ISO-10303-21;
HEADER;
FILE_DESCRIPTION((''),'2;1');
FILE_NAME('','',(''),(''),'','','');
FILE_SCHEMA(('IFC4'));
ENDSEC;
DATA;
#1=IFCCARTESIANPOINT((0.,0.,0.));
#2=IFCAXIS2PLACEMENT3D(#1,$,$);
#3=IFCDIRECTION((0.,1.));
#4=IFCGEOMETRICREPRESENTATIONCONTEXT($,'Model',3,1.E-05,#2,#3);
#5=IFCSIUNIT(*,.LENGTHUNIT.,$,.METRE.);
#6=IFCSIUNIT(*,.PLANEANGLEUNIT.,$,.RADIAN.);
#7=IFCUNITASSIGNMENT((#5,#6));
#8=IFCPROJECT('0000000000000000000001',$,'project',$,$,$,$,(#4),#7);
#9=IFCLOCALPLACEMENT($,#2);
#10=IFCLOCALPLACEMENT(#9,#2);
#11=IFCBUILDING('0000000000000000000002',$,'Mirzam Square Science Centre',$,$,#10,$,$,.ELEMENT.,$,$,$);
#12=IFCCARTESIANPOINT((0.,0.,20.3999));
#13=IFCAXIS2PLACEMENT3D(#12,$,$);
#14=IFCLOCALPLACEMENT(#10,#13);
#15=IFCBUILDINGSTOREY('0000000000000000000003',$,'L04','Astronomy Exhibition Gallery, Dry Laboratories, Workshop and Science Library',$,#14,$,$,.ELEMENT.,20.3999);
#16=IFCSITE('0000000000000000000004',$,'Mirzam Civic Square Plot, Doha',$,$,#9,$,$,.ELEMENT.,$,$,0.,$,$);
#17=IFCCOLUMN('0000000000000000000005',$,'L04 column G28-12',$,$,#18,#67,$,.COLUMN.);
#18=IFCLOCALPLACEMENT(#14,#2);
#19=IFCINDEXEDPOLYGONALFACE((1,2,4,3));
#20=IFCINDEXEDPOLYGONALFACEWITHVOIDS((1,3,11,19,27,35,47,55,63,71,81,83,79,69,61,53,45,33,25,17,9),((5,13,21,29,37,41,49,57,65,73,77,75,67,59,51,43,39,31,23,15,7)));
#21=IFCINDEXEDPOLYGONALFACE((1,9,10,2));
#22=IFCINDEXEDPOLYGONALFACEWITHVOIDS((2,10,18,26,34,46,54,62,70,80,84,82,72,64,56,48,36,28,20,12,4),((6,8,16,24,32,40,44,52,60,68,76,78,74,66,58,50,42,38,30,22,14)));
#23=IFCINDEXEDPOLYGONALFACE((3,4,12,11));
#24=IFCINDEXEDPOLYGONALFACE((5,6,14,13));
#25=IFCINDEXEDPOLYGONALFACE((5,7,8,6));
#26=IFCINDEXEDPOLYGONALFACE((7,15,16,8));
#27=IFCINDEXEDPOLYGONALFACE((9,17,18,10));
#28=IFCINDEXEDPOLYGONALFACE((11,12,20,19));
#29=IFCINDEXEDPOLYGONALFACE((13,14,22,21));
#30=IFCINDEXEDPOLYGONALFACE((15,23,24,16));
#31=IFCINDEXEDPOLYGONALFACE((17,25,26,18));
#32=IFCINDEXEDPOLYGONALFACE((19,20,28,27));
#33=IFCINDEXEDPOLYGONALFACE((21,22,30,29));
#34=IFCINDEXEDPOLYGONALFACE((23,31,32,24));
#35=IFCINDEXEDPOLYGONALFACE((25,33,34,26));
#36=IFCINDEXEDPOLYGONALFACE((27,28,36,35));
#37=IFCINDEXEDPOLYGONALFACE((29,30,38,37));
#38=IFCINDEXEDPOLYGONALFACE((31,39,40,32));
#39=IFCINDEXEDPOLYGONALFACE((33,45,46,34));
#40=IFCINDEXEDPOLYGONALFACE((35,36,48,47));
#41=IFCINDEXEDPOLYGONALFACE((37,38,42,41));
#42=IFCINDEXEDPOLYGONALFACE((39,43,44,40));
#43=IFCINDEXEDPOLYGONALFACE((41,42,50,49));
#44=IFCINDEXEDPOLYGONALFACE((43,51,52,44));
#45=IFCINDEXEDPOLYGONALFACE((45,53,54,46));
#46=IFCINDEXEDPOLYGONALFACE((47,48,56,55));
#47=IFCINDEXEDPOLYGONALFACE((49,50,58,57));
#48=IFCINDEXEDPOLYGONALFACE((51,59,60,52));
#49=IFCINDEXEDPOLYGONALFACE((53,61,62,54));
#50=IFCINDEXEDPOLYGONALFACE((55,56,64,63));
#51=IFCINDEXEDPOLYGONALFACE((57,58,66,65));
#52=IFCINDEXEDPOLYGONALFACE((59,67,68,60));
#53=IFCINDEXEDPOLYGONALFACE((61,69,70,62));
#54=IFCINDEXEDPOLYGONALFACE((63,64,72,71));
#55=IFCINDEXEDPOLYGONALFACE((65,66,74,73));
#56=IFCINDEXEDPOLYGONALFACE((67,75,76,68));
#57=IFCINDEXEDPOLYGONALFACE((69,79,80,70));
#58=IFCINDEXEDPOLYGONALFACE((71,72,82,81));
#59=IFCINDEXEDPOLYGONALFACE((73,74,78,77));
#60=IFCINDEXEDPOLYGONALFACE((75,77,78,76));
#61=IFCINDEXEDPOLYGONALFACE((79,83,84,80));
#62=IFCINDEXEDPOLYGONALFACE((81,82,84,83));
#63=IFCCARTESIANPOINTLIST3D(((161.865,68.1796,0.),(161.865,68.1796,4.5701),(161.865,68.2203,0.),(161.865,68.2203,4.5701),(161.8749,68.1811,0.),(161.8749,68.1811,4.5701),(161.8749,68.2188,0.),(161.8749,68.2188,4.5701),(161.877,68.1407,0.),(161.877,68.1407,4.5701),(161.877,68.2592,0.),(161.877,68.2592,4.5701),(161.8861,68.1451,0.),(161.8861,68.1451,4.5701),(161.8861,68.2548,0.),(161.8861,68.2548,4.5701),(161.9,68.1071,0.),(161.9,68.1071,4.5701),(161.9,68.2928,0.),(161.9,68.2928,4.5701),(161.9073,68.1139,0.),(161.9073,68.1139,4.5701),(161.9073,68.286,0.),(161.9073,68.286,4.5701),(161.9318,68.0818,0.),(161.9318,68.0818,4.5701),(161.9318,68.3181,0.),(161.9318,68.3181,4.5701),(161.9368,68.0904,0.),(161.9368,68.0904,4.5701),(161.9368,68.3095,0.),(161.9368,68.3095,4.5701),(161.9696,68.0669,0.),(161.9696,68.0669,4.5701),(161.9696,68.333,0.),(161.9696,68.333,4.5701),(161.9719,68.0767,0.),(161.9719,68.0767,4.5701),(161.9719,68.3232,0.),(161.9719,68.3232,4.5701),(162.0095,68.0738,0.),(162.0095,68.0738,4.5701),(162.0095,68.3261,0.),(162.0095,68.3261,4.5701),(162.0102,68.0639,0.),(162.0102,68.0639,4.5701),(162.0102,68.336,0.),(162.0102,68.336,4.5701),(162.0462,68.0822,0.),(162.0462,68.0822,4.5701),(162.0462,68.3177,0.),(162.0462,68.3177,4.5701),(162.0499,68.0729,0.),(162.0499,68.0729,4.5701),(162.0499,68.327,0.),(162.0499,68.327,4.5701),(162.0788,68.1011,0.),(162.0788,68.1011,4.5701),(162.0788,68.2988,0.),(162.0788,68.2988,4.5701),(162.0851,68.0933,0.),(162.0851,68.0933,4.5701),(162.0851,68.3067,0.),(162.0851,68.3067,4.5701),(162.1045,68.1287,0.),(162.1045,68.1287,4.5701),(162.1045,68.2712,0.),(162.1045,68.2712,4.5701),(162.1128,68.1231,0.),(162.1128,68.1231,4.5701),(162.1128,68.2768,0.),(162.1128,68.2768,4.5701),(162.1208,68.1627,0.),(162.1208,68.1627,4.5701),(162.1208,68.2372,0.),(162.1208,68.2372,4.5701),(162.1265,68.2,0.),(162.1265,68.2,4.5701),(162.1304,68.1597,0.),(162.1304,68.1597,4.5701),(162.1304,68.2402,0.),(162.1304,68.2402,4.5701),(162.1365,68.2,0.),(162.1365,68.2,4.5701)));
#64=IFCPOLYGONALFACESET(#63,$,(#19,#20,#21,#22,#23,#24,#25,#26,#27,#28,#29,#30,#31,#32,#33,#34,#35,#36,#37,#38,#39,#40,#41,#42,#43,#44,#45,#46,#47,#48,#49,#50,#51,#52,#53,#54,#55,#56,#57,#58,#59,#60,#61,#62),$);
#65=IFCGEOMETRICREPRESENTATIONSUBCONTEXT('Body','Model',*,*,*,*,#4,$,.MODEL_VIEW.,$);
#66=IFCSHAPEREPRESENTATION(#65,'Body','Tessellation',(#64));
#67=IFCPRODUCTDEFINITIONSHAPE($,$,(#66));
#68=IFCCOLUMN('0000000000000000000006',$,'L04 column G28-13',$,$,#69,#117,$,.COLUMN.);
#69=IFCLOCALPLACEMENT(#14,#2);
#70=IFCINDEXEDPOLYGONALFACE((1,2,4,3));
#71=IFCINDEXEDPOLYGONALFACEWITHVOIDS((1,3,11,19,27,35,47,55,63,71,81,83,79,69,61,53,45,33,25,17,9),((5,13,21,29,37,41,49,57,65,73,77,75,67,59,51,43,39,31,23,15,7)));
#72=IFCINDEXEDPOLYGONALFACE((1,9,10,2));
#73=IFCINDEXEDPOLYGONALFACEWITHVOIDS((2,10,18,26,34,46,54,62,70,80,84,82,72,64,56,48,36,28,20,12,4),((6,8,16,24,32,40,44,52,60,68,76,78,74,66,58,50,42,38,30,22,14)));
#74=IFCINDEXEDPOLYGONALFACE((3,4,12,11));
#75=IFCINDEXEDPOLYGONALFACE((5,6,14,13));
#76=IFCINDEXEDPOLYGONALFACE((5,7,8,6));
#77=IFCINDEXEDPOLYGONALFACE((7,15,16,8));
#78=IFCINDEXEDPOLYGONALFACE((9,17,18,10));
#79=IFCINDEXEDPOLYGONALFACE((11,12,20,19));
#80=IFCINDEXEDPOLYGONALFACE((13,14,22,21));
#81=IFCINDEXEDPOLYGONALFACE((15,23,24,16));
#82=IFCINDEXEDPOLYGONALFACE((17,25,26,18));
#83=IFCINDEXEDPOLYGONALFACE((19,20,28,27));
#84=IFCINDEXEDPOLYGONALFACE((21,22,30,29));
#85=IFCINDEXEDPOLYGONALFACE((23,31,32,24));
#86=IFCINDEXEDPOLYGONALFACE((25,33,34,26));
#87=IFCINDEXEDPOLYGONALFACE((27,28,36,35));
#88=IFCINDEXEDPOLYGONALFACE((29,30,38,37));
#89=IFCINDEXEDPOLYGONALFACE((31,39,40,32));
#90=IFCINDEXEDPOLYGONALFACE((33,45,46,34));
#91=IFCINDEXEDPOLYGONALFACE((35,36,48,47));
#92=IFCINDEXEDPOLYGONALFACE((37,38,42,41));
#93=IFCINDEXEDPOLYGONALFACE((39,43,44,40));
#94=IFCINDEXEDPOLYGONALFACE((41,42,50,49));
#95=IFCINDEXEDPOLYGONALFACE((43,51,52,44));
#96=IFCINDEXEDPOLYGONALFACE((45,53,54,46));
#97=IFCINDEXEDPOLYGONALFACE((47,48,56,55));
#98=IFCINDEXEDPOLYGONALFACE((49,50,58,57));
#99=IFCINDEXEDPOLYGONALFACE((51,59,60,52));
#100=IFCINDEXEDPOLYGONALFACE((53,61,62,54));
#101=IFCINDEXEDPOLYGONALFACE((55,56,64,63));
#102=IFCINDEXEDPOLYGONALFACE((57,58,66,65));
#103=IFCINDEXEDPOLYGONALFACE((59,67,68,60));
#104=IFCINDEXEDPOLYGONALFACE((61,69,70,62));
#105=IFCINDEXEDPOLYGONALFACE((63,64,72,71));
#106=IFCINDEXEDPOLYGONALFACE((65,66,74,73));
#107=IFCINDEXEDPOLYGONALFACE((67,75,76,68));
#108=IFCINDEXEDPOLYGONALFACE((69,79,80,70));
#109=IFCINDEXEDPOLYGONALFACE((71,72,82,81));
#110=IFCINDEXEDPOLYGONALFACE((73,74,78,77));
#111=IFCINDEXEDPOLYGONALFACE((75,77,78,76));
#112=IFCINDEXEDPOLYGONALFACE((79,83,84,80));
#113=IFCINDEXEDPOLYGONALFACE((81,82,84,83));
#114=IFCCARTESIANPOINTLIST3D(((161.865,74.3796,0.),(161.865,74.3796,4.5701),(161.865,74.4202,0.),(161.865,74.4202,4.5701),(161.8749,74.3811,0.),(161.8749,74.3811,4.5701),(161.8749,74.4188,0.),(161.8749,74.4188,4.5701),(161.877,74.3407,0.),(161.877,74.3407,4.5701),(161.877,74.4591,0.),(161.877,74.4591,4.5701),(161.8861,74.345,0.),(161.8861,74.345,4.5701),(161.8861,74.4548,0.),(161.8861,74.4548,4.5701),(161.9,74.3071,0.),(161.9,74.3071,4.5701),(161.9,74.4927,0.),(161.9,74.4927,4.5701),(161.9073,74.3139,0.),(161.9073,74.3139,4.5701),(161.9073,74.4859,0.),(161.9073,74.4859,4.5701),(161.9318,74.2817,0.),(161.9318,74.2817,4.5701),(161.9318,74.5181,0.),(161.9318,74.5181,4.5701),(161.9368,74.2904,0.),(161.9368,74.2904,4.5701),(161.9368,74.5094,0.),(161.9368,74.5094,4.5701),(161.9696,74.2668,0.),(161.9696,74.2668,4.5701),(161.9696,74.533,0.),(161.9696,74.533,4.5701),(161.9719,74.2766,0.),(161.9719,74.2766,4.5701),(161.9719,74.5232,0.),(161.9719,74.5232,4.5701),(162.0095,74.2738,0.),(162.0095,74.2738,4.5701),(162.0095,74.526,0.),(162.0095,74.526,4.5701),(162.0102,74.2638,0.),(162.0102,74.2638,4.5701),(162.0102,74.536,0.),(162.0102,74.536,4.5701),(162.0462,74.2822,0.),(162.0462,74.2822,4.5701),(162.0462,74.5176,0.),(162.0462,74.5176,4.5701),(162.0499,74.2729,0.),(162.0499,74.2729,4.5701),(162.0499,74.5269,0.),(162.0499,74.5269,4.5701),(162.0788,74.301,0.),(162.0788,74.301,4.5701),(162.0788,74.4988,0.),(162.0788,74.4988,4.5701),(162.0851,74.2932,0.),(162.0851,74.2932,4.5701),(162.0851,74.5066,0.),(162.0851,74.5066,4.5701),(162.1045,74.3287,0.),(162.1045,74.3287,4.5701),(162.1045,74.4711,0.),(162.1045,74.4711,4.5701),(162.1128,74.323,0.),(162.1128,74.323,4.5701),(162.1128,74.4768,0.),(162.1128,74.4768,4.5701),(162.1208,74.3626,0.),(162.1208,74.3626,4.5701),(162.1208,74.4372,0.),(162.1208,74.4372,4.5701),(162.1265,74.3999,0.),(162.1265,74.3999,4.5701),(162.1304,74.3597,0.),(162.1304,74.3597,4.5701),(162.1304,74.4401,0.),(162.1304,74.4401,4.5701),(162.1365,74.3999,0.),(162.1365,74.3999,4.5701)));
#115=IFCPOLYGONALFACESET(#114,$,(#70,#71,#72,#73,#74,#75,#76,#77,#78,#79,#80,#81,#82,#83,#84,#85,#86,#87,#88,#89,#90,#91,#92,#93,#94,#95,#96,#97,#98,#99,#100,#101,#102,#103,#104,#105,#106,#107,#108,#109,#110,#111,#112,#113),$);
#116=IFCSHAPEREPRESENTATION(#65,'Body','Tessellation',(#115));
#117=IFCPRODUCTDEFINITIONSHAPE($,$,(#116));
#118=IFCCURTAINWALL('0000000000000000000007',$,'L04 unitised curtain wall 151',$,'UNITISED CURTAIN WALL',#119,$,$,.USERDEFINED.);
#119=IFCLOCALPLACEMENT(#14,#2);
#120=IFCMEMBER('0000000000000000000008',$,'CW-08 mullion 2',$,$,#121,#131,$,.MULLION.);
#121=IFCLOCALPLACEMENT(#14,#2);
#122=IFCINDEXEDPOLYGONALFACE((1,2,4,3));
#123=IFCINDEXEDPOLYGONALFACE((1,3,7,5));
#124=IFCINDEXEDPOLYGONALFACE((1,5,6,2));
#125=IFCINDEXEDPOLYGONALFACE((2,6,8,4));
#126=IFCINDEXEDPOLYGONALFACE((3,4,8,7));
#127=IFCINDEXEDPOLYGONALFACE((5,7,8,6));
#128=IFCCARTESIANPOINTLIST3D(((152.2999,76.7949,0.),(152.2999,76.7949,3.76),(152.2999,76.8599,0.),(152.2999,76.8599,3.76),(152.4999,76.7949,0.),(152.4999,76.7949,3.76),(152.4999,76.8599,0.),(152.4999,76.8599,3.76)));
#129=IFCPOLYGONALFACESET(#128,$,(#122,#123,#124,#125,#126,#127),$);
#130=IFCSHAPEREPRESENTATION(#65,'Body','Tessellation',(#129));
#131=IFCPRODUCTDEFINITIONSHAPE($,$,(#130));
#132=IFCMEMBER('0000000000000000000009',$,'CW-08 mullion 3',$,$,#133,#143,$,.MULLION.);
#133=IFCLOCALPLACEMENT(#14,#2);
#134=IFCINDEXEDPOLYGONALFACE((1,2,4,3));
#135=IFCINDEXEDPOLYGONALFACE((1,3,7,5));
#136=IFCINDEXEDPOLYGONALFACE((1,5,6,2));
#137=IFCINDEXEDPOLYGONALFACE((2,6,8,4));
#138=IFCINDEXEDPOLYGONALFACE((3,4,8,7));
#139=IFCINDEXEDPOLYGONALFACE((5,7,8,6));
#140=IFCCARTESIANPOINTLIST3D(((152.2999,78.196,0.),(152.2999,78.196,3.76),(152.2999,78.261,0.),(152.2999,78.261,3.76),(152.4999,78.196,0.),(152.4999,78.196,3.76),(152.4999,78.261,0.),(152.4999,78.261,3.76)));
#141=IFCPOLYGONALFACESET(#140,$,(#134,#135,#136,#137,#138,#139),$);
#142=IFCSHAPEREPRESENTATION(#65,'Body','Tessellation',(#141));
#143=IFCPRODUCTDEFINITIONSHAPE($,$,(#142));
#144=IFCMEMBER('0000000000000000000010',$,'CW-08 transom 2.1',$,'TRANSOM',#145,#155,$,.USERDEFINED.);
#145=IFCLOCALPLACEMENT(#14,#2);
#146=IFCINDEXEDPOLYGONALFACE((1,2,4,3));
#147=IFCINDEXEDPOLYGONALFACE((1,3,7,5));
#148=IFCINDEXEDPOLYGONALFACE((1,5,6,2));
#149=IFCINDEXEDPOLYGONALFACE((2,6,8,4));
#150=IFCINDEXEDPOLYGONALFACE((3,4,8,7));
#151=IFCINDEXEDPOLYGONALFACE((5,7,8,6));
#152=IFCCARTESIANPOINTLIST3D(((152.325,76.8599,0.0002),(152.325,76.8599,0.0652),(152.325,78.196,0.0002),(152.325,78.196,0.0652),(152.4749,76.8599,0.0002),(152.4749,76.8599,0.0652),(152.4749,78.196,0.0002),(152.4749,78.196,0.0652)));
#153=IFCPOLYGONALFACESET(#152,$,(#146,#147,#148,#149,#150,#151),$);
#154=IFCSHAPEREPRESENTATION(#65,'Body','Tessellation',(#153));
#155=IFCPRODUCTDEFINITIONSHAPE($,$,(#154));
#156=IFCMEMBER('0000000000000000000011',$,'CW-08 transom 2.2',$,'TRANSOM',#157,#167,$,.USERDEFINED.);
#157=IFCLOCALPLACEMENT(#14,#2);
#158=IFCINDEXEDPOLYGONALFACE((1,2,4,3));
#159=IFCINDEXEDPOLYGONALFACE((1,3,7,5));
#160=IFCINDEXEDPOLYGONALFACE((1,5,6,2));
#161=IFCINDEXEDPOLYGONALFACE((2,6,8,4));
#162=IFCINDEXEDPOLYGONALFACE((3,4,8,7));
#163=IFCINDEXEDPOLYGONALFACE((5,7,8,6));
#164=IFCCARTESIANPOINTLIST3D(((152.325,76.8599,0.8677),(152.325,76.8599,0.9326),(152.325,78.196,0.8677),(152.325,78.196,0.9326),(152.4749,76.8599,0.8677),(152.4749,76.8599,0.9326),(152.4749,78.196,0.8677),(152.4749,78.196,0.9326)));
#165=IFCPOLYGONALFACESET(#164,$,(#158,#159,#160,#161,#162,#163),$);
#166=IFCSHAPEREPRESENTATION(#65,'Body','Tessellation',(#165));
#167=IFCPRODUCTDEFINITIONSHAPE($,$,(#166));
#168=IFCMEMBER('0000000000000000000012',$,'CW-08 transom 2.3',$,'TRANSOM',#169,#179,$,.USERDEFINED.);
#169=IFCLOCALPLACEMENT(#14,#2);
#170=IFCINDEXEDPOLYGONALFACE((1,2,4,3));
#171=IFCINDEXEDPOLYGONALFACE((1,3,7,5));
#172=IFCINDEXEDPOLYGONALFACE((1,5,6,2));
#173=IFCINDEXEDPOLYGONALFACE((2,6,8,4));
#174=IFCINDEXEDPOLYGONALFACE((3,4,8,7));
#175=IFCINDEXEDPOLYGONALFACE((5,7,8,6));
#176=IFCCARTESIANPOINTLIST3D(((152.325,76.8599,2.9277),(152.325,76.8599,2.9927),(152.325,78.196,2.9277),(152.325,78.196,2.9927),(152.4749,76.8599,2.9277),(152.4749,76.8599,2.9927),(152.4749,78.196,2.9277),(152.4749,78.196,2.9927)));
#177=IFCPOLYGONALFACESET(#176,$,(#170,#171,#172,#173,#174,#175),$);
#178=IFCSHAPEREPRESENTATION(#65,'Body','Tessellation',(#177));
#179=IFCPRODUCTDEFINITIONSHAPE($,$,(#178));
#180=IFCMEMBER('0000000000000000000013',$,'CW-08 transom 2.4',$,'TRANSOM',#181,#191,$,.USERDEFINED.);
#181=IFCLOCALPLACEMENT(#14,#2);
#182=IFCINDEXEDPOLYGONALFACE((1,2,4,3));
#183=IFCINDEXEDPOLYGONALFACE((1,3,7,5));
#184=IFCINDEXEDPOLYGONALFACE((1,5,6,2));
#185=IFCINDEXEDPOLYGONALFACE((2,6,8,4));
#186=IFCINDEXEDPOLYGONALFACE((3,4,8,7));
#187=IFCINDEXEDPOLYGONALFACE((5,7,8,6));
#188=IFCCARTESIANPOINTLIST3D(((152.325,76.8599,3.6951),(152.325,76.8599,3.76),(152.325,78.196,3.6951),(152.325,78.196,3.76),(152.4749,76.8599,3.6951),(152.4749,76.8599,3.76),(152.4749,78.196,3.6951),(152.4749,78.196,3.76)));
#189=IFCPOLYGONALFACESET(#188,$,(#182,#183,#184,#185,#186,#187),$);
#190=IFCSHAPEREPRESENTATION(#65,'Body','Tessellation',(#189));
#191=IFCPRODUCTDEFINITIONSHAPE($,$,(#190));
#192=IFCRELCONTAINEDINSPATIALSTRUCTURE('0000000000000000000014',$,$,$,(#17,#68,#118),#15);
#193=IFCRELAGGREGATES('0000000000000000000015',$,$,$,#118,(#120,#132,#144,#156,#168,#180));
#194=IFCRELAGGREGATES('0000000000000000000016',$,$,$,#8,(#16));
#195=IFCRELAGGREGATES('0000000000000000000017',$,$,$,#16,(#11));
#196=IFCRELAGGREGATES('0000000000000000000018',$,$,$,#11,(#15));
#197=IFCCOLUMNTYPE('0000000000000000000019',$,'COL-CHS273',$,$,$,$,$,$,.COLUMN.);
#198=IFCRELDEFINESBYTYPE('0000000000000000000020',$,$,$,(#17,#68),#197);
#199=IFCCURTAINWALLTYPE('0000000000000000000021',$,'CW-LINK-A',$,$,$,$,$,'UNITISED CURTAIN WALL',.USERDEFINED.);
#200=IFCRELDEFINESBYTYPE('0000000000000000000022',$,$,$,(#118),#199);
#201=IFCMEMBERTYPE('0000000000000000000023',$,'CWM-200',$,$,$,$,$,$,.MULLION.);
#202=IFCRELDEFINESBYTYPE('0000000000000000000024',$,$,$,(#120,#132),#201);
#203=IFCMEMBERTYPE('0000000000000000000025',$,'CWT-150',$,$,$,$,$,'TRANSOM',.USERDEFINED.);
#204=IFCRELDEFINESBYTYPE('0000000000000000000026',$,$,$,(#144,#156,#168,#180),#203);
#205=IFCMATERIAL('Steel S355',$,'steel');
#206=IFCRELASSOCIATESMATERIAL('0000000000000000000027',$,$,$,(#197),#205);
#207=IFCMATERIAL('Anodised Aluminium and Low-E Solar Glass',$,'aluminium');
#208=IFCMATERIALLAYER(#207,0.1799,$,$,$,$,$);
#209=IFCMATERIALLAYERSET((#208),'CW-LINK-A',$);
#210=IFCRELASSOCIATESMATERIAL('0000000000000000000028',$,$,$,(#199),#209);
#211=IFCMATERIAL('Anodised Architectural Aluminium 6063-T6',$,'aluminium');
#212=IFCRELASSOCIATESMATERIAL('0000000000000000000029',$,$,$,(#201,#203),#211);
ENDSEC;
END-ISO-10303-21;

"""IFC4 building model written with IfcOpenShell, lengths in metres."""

from ifc_helpers import new_model, si_unit, direction, frame, origin, origin_2d, place, context, subcontext, project, spatial, rectangle, hollow_circle, extrude, material, layer, layer_set, material_profile, profile_set, type_object, element, aggregate, save


model = new_model("IFC4")

# Units and contexts
model_context = context("Model", 3, precision=1e-05, world=origin(), true_north=direction((0.0, 1.0)))
body_context = subcontext(model_context, "Body", "Model", "MODEL_VIEW")
ifc_project = project(units=[si_unit("LENGTHUNIT", "METRE"), si_unit("PLANEANGLEUNIT", "RADIAN")], contexts=[model_context])

# Site, building, storey
site_placement = place(None, origin())
site = spatial("IfcSite", under=ifc_project, at=site_placement, Name="Mirzam Civic Square Plot, Doha", CompositionType="ELEMENT", RefElevation=0.0)
building_placement = place(site_placement, origin())
building = spatial("IfcBuilding", under=site, at=building_placement, Name="Mirzam Square Science Centre", CompositionType="ELEMENT")
storey_placement = place(building_placement, frame((0.0, 0.0, 20.3999)))
storey = spatial("IfcBuildingStorey", under=building, at=storey_placement, Name="L04", Description="Astronomy Exhibition Gallery, Dry Laboratories, Workshop and Science Library", CompositionType="ELEMENT", Elevation=20.3999)

# Columns
ifc_material_1 = material(Name="Steel S355", Category="steel")
ifc_material_profile_1 = material_profile(ifc_material_1, hollow_circle(Radius=0.1365, WallThickness=0.01, at=origin_2d()), Name="273.0x10.0CHS")
ifc_profile_set_1 = profile_set([ifc_material_profile_1], Name="Steel S355")
column_type = type_object("IfcColumnType", Name="COL-CHS273", PredefinedType="COLUMN", material=ifc_profile_set_1)
for number, where, z_axis, x_axis, name in (
    (1, (162.0, 68.2, 0.0), (0.0, 0.0, 1.0), (1.0, 0.0, 0.0), "L04 column G28-12"),
    (2, (162.0, 74.3999, 0.0), (0.0, 0.0, 1.0), (1.0, 0.0, 0.0), "L04 column G28-13"),
):
    element("IfcColumn", number, at=place(storey_placement, frame(where, z_axis=z_axis, x_axis=x_axis)), inside=storey, type_object=column_type, Name=name, PredefinedType="COLUMN", context=body_context, shape_type="SweptSolid", body=[
        extrude(hollow_circle(Radius=0.1365, WallThickness=0.01, at=origin_2d()), origin(), (0.0, 0.0, 1.0), 4.5701),
    ])

# Curtain wall, members
ifc_material_2 = material(Name="Anodised Aluminium and Low-E Solar Glass", Category="aluminium")
ifc_layer_1 = layer(ifc_material_2, 0.1799)
ifc_layer_set_1 = layer_set([ifc_layer_1], Name="CW-LINK-A")
curtain_wall_type = type_object("IfcCurtainWallType", Name="CW-LINK-A", ElementType="UNITISED CURTAIN WALL", PredefinedType="USERDEFINED", material=ifc_layer_set_1)
curtain_wall_placement = place(storey_placement, origin())
curtain_wall = element("IfcCurtainWall", 3, at=curtain_wall_placement, inside=storey, type_object=curtain_wall_type, Name="L04 unitised curtain wall 151", ObjectType="UNITISED CURTAIN WALL", PredefinedType="USERDEFINED")
ifc_material_3 = material(Name="Anodised Architectural Aluminium 6063-T6", Category="aluminium")
ifc_material_profile_2 = material_profile(ifc_material_3, rectangle(XDim=0.0649, YDim=0.2, at=origin_2d()), Name="ALU-MULL-200x65x5")
ifc_profile_set_2 = profile_set([ifc_material_profile_2], Name="Anodised Architectural Aluminium 6063-T6")
member_type_1 = type_object("IfcMemberType", Name="CWM-200", PredefinedType="MULLION", material=ifc_profile_set_2)
member_1_placement = place(storey_placement, frame((152.3999, 76.8274, 0.0), z_axis=(0.0, 0.0, 1.0), x_axis=(0.0, 1.0, 0.0)))
member_1 = element("IfcMember", 4, at=member_1_placement, type_object=member_type_1, Name="CW-08 mullion 2", PredefinedType="MULLION", context=body_context, shape_type="SweptSolid", body=[
    extrude(rectangle(XDim=0.0649, YDim=0.2, at=origin_2d()), origin(), (0.0, 0.0, 1.0), 3.76),
])
member_2_placement = place(storey_placement, frame((152.3999, 78.2285, 0.0), z_axis=(0.0, 0.0, 1.0), x_axis=(0.0, 1.0, 0.0)))
member_2 = element("IfcMember", 5, at=member_2_placement, type_object=member_type_1, Name="CW-08 mullion 3", PredefinedType="MULLION", context=body_context, shape_type="SweptSolid", body=[
    extrude(rectangle(XDim=0.0649, YDim=0.2, at=origin_2d()), origin(), (0.0, 0.0, 1.0), 3.76),
])
ifc_material_profile_3 = material_profile(ifc_material_3, rectangle(XDim=0.1499, YDim=0.0649, at=origin_2d()), Name="ALU-TRAN-150x65x4")
ifc_profile_set_3 = profile_set([ifc_material_profile_3], Name="Anodised Architectural Aluminium 6063-T6")
member_type_2 = type_object("IfcMemberType", Name="CWT-150", ElementType="TRANSOM", PredefinedType="USERDEFINED", material=ifc_profile_set_3)
member_3_placement = place(storey_placement, frame((152.3999, 76.8599, 0.0327), z_axis=(0.0, 1.0, 0.0), x_axis=(-1.0, 0.0, 0.0)))
member_3 = element("IfcMember", 6, at=member_3_placement, type_object=member_type_2, Name="CW-08 transom 2.1", ObjectType="TRANSOM", PredefinedType="USERDEFINED", context=body_context, shape_type="SweptSolid", body=[
    extrude(rectangle(XDim=0.1499, YDim=0.0649, at=origin_2d()), origin(), (0.0, 0.0, 1.0), 1.3362),
])
member_4_placement = place(storey_placement, frame((152.3999, 76.8599, 0.9001), z_axis=(0.0, 1.0, 0.0), x_axis=(-1.0, 0.0, 0.0)))
member_4 = element("IfcMember", 7, at=member_4_placement, type_object=member_type_2, Name="CW-08 transom 2.2", ObjectType="TRANSOM", PredefinedType="USERDEFINED", context=body_context, shape_type="SweptSolid", body=[
    extrude(rectangle(XDim=0.1499, YDim=0.0649, at=origin_2d()), origin(), (0.0, 0.0, 1.0), 1.3362),
])
member_5_placement = place(storey_placement, frame((152.3999, 76.8599, 2.9602), z_axis=(0.0, 1.0, 0.0), x_axis=(-1.0, 0.0, 0.0)))
member_5 = element("IfcMember", 8, at=member_5_placement, type_object=member_type_2, Name="CW-08 transom 2.3", ObjectType="TRANSOM", PredefinedType="USERDEFINED", context=body_context, shape_type="SweptSolid", body=[
    extrude(rectangle(XDim=0.1499, YDim=0.0649, at=origin_2d()), origin(), (0.0, 0.0, 1.0), 1.3362),
])
member_6_placement = place(storey_placement, frame((152.3999, 76.8599, 3.7275), z_axis=(0.0, 1.0, 0.0), x_axis=(-1.0, 0.0, 0.0)))
member_6 = element("IfcMember", 9, at=member_6_placement, type_object=member_type_2, Name="CW-08 transom 2.4", ObjectType="TRANSOM", PredefinedType="USERDEFINED", context=body_context, shape_type="SweptSolid", body=[
    extrude(rectangle(XDim=0.1499, YDim=0.0649, at=origin_2d()), origin(), (0.0, 0.0, 1.0), 1.3362),
])

aggregate(curtain_wall, [member_1, member_2, member_3, member_4, member_5, member_6])

save(model, "model.ifc")
